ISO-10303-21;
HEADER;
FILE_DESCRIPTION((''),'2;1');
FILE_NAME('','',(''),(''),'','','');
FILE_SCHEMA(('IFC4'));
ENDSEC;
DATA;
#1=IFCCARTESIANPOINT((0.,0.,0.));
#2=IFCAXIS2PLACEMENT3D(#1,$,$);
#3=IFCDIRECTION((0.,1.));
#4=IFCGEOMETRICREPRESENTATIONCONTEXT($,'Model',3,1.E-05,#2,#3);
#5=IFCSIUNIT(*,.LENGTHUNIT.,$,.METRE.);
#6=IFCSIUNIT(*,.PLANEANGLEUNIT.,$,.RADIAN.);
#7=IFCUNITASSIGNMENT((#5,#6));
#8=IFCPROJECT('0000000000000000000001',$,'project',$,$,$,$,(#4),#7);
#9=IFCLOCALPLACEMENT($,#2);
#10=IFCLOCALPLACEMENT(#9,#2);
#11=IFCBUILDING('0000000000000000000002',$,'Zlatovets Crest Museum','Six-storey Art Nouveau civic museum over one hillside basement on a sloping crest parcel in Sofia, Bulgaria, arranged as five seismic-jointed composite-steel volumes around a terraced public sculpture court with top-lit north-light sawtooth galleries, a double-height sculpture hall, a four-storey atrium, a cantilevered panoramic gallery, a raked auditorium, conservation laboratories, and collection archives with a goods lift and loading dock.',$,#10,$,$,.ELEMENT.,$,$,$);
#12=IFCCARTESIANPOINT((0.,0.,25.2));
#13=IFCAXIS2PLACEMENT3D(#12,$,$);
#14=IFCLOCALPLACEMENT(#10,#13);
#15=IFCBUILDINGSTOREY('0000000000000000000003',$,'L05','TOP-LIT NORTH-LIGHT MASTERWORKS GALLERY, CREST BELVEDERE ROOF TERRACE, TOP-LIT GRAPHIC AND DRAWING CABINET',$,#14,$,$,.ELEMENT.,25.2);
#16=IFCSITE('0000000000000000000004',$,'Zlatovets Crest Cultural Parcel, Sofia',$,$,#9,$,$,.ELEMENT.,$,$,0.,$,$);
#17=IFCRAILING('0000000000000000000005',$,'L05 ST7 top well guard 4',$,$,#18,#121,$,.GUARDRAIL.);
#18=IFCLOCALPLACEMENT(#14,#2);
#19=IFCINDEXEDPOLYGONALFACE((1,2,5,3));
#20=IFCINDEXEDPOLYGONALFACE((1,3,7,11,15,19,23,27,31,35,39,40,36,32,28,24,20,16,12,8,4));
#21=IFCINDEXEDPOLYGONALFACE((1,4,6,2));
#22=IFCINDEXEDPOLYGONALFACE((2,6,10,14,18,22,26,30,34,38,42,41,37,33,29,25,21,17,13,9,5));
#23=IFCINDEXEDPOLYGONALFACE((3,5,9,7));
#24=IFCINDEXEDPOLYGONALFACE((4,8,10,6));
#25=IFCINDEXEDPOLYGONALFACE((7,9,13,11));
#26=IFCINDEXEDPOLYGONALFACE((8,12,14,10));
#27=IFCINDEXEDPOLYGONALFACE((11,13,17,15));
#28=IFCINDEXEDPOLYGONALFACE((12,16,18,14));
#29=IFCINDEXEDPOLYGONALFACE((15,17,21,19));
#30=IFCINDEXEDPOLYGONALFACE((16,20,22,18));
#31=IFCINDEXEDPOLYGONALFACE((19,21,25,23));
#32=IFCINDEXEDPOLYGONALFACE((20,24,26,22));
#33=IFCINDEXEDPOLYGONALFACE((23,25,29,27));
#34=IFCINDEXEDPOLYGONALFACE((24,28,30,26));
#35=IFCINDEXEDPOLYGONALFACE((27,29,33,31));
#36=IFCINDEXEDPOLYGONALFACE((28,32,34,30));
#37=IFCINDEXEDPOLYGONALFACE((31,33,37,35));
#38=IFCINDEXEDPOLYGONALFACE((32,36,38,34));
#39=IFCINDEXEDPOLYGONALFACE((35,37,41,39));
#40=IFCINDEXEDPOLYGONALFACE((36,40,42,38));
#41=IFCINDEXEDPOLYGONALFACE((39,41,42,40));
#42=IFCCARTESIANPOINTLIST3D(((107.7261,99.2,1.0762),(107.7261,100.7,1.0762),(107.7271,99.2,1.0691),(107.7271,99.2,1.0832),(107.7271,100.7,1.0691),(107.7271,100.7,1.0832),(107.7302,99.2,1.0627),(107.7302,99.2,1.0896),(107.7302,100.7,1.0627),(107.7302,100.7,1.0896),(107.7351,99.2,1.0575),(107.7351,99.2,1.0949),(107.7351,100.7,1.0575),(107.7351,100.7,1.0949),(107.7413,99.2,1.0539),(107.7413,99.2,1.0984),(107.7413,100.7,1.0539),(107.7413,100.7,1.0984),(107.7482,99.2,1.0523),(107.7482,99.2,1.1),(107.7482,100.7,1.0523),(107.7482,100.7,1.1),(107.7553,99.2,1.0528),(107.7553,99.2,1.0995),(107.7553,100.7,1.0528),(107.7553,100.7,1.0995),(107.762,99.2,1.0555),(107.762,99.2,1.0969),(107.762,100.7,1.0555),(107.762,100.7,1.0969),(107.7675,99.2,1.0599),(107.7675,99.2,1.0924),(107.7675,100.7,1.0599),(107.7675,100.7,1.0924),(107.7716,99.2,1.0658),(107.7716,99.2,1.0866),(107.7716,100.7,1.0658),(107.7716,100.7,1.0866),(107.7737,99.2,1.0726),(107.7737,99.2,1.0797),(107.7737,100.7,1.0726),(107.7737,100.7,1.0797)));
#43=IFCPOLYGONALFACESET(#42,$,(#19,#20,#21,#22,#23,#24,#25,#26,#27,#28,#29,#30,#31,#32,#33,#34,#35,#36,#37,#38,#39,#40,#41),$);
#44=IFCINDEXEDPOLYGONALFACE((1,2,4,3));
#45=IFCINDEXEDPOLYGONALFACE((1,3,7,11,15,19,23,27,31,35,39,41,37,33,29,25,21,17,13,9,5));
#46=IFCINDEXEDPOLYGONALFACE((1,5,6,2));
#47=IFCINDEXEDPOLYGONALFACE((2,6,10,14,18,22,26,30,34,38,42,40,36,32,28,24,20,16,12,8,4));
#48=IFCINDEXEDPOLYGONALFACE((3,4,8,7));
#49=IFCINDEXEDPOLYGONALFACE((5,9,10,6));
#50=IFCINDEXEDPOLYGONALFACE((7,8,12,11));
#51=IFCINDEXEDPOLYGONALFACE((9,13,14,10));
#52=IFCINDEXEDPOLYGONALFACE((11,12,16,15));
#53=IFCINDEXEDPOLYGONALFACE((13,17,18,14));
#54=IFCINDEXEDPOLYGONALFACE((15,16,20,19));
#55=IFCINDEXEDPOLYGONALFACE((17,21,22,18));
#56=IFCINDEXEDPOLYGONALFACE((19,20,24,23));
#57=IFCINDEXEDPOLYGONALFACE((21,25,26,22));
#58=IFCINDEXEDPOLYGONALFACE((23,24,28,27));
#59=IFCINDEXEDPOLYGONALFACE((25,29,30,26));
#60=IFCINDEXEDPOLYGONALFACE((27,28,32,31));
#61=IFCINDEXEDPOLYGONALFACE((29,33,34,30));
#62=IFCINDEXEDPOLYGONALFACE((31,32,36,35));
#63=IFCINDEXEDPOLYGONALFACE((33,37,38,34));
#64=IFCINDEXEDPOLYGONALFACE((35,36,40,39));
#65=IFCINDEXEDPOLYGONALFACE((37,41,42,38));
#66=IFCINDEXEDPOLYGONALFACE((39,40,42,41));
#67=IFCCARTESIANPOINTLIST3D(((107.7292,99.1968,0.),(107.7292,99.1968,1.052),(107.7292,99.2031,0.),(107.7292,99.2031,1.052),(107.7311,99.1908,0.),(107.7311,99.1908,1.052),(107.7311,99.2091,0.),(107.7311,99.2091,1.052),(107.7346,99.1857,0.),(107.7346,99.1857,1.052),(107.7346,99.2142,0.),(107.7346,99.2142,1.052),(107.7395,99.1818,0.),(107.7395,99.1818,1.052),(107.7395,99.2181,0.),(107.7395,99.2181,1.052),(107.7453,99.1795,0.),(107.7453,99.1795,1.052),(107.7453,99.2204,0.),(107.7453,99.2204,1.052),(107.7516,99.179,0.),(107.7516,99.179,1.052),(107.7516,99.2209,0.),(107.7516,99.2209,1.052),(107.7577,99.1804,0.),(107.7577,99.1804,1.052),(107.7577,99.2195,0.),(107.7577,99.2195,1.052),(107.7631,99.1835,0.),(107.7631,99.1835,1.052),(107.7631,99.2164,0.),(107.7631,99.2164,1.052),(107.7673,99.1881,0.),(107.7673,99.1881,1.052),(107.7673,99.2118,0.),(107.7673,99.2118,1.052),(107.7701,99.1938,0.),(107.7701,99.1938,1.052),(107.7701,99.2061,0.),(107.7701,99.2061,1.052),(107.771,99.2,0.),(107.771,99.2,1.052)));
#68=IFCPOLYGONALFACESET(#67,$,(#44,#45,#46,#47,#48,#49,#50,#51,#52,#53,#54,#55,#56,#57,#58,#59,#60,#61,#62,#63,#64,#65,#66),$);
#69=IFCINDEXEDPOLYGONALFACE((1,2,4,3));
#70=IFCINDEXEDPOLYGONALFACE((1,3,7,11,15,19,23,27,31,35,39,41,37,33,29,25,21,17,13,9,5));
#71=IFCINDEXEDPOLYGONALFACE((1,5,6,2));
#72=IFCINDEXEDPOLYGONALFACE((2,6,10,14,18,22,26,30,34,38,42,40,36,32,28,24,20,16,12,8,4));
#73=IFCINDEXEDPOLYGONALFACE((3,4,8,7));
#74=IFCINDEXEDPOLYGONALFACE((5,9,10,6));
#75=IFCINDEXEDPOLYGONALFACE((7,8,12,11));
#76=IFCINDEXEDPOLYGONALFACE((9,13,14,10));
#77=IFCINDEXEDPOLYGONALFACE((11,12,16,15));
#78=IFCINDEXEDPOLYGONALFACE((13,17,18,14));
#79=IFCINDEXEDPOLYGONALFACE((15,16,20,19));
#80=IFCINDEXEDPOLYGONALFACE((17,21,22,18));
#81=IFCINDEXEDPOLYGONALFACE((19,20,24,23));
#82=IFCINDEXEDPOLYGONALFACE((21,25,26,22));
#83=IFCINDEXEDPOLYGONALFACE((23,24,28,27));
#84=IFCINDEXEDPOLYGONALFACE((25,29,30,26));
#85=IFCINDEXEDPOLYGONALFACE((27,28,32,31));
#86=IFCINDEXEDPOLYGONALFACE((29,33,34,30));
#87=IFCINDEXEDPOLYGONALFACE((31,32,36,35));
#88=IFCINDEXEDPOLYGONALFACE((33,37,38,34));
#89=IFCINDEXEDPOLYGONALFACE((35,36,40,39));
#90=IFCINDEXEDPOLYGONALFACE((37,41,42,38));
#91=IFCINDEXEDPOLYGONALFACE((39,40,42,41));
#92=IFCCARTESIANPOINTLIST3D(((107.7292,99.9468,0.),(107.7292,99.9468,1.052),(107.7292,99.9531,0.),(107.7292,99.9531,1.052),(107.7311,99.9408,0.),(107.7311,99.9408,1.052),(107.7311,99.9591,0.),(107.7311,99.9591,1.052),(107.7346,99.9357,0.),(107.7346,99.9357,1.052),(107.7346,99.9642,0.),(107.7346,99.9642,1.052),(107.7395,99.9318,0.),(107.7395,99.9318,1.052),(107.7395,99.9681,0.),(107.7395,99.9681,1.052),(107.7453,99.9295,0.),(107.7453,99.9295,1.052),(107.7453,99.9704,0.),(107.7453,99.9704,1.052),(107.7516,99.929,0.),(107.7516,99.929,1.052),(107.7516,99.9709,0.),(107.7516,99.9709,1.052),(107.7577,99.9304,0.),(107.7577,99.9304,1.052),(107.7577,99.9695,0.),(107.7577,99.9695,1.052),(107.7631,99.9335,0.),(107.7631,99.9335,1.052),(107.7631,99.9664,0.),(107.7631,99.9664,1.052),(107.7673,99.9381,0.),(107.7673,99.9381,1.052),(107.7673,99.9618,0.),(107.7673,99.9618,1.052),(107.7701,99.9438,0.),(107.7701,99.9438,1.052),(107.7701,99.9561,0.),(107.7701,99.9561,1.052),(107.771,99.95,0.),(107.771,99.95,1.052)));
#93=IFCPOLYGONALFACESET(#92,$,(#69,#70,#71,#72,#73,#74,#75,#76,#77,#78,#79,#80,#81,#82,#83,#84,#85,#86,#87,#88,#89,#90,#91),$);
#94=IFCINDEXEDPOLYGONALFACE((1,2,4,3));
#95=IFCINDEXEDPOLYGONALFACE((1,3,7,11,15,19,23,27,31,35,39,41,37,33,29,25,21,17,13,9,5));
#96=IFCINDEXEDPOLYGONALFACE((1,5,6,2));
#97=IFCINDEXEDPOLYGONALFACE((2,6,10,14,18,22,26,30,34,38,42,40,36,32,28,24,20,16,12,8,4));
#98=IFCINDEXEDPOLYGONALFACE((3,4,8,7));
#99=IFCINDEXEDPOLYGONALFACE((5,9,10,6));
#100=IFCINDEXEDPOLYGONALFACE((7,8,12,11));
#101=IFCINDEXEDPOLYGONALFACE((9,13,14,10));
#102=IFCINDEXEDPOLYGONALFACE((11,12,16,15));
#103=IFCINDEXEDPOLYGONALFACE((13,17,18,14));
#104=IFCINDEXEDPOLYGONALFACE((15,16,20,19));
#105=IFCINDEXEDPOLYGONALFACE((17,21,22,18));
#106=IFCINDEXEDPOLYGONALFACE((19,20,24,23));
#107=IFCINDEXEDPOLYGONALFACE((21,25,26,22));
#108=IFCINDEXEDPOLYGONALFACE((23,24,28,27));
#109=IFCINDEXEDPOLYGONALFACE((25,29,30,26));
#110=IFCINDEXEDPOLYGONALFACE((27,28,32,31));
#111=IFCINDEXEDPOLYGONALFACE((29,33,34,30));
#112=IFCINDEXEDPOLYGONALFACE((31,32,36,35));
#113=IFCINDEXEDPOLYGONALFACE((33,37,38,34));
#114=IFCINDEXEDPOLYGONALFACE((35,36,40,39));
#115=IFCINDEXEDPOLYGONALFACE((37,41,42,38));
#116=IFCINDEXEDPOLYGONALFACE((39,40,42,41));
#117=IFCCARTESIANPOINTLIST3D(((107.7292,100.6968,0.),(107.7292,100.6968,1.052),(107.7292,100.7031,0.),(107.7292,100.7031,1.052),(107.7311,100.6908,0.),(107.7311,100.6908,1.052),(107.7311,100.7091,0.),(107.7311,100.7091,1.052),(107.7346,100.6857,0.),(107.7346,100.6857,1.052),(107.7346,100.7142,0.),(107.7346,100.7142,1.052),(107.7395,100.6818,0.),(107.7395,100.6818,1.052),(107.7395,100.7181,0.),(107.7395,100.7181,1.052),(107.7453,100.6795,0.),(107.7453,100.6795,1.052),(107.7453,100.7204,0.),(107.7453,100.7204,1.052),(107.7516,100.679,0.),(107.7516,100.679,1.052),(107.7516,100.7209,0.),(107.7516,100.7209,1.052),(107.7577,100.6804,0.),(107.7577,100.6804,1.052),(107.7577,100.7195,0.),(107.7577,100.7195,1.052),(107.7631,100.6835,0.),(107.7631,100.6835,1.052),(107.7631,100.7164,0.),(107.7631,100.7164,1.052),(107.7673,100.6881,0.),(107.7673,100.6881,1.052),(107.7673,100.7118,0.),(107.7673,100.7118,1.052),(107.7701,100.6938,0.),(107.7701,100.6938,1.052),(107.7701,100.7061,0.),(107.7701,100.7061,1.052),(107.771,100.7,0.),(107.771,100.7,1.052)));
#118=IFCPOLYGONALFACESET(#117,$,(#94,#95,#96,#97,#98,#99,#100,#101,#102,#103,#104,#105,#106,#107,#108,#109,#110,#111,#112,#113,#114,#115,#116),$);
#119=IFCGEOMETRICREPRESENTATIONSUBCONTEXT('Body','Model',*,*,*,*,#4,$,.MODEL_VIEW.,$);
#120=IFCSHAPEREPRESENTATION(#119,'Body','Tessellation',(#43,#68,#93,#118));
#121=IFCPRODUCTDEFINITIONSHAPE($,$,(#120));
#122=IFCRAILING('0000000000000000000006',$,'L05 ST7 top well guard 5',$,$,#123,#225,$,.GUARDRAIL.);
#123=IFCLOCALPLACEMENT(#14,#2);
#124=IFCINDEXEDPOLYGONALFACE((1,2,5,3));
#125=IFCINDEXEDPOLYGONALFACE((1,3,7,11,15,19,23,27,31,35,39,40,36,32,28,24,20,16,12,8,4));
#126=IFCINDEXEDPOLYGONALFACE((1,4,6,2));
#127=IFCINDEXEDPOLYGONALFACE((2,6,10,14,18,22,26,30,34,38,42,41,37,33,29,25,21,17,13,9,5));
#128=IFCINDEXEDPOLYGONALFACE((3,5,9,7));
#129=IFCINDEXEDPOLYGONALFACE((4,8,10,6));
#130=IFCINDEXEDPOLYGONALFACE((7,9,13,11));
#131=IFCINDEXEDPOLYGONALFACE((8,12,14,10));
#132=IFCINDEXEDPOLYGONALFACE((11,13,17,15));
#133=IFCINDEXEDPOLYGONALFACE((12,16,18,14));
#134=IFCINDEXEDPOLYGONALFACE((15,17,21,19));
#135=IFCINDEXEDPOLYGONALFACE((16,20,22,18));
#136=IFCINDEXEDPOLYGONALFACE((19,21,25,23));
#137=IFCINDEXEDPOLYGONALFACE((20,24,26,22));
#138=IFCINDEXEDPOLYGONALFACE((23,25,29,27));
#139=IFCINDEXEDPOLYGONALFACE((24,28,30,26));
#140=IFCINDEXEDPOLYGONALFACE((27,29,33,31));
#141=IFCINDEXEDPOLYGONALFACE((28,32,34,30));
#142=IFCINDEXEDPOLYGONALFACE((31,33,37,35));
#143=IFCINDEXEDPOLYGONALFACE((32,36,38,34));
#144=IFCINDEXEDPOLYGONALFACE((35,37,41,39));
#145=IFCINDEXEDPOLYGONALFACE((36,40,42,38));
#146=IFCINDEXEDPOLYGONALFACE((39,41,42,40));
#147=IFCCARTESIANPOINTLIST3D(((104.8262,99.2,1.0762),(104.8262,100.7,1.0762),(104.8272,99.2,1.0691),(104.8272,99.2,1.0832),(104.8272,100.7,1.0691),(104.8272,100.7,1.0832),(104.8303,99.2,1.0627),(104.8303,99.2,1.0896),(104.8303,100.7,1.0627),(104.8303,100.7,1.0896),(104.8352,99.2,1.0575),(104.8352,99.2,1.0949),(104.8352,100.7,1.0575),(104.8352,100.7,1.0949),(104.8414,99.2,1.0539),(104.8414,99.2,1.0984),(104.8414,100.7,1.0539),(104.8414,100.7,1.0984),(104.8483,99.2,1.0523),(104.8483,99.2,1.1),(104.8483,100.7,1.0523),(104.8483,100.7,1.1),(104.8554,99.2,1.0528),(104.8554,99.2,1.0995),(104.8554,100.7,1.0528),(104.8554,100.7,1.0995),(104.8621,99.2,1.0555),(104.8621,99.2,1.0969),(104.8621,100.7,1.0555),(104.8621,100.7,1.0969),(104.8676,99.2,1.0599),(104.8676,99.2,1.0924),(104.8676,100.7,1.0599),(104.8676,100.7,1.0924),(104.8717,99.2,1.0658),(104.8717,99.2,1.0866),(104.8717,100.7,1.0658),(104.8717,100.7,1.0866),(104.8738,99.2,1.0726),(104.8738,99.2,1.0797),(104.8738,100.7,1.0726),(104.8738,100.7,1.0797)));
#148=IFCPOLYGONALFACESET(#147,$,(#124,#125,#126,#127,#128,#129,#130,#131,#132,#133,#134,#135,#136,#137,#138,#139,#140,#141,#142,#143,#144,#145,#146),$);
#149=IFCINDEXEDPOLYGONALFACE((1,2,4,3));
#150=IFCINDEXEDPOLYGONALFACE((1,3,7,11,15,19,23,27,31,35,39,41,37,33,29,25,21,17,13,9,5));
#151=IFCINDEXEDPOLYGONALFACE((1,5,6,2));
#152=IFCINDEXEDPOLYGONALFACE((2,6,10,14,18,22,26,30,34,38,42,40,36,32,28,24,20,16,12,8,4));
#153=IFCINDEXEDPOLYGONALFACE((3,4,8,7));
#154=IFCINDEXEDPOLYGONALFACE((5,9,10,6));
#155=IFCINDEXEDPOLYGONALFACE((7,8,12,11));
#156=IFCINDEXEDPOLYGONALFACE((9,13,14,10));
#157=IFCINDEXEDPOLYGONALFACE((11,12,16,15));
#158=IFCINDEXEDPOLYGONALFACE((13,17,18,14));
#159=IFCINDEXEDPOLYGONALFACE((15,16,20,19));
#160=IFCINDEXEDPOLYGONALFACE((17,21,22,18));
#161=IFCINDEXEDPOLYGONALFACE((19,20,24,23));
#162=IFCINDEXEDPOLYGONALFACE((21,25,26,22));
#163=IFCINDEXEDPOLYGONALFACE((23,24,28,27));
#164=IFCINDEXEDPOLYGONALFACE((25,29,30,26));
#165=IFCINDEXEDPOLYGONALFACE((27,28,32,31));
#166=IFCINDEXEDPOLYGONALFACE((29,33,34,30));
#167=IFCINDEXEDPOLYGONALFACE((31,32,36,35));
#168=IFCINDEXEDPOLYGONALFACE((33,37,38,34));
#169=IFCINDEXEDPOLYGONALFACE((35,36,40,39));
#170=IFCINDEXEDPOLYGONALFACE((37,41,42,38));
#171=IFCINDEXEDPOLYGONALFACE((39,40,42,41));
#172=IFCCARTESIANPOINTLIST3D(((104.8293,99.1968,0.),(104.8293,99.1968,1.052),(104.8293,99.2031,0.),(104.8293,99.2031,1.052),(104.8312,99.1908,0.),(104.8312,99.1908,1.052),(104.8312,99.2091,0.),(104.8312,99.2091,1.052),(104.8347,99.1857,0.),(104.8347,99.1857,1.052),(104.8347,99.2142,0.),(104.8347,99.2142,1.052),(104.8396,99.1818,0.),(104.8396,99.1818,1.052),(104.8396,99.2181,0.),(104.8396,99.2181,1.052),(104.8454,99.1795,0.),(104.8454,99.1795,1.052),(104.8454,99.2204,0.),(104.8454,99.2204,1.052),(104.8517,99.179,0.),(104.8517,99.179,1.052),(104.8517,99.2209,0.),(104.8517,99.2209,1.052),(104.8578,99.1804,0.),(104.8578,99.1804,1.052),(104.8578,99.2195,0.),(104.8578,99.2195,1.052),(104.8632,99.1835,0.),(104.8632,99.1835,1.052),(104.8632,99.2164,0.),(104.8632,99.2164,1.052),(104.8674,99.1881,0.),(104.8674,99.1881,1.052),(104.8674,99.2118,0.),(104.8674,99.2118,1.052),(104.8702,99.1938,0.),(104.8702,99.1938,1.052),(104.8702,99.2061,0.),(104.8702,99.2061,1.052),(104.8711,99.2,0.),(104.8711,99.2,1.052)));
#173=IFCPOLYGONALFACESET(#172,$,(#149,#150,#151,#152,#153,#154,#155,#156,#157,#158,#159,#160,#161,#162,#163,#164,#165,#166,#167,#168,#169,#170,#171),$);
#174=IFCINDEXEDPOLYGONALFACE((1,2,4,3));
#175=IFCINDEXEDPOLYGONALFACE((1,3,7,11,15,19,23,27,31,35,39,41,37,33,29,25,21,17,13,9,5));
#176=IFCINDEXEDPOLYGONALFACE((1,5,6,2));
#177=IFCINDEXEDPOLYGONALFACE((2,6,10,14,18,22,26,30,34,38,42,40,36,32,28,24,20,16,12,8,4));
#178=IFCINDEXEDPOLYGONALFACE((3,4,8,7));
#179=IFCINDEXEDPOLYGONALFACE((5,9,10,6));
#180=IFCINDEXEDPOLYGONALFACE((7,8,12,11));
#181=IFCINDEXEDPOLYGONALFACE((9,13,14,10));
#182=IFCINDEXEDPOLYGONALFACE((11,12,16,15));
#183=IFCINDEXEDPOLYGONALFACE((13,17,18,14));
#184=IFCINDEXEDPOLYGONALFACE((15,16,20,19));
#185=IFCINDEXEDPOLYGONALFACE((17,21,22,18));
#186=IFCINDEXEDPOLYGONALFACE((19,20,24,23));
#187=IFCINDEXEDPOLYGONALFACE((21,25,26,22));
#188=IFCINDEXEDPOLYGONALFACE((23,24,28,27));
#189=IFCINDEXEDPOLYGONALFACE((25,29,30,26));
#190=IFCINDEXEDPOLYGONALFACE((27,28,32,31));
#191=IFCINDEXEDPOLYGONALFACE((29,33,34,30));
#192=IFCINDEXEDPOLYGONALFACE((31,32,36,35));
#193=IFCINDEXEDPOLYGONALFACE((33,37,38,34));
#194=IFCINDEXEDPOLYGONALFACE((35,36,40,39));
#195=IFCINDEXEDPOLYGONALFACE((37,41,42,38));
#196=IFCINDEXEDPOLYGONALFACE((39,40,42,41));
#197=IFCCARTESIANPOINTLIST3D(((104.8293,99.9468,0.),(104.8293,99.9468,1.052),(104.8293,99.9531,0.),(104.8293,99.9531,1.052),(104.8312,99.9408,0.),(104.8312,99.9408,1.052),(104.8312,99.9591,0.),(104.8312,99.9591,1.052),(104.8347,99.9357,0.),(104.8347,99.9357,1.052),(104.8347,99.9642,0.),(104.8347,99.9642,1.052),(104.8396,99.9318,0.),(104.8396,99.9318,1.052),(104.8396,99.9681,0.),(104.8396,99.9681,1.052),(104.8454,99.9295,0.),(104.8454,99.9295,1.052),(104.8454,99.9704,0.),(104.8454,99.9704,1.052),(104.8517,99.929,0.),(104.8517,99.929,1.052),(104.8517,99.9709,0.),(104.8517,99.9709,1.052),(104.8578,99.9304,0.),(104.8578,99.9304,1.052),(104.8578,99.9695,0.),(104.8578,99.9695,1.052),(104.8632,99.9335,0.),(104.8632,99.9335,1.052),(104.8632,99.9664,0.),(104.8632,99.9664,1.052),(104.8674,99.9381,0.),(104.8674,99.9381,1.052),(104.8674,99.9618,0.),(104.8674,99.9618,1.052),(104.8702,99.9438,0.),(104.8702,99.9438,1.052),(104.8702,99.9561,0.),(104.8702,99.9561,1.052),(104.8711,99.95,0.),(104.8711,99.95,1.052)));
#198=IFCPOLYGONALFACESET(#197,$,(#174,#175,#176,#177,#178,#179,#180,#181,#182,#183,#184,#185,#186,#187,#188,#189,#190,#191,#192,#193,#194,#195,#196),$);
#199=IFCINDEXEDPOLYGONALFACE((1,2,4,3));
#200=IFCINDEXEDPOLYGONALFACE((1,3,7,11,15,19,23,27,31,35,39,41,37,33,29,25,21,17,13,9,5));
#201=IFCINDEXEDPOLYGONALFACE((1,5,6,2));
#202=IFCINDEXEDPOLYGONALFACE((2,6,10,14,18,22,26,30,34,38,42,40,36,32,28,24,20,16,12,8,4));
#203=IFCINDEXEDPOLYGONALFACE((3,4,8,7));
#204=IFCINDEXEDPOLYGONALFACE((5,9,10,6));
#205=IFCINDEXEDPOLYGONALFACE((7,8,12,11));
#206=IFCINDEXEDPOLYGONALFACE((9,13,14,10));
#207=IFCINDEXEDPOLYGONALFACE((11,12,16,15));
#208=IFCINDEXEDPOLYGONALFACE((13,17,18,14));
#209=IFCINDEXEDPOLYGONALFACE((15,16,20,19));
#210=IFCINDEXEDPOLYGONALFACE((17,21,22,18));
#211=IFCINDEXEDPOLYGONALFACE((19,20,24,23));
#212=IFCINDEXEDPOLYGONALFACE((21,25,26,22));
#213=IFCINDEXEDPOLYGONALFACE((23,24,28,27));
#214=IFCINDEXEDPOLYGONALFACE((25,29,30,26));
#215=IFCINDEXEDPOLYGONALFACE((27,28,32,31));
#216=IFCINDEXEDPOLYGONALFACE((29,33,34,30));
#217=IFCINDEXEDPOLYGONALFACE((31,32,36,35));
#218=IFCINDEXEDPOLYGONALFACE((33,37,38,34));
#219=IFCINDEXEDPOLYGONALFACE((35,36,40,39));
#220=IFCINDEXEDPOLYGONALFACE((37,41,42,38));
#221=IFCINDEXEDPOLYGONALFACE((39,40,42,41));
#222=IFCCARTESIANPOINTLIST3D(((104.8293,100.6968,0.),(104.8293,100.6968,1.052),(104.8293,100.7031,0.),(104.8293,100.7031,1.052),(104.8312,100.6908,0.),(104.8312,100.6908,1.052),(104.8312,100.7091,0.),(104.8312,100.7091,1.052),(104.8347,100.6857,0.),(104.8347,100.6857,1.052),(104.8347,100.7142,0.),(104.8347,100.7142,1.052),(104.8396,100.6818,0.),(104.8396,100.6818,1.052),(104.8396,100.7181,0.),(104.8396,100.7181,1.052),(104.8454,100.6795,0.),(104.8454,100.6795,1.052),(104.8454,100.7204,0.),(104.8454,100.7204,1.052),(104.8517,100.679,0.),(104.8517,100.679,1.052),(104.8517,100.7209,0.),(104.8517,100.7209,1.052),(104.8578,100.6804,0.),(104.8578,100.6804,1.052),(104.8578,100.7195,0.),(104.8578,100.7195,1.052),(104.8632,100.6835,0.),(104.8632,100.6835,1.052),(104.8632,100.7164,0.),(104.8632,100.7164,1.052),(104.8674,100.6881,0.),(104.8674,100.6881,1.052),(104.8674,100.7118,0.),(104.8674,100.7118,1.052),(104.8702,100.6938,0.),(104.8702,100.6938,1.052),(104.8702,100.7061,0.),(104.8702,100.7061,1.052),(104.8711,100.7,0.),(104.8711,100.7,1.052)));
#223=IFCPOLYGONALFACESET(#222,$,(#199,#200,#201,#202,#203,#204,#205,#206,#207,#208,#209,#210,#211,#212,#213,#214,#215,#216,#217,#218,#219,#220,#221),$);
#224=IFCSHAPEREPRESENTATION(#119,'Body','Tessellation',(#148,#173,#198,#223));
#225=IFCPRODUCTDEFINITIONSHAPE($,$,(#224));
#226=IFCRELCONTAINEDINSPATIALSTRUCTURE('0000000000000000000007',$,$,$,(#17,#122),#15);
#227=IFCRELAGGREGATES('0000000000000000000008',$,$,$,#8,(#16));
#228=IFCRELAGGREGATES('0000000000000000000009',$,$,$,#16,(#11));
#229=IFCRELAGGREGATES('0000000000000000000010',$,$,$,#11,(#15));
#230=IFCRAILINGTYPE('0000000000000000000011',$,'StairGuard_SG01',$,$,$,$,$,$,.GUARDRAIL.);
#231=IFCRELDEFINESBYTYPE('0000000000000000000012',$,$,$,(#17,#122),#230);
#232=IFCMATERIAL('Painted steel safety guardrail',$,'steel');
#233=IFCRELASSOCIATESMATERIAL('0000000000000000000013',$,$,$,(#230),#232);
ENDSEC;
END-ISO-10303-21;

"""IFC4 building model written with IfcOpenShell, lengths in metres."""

from ifc_helpers import new_model, si_unit, direction, frame, origin, origin_2d, place, context, subcontext, project, spatial, circle, extrude, material, type_object, element, save


model = new_model("IFC4")

# Units and contexts
model_context = context("Model", 3, precision=1e-05, world=origin(), true_north=direction((0.0, 1.0)))
body_context = subcontext(model_context, "Body", "Model", "MODEL_VIEW")
ifc_project = project(units=[si_unit("LENGTHUNIT", "METRE"), si_unit("PLANEANGLEUNIT", "RADIAN")], contexts=[model_context])

# Site, building, storey
site_placement = place(None, origin())
site = spatial("IfcSite", under=ifc_project, at=site_placement, Name="Zlatovets Crest Cultural Parcel, Sofia", CompositionType="ELEMENT", RefElevation=0.0)
building_placement = place(site_placement, origin())
building = spatial("IfcBuilding", under=site, at=building_placement, Name="Zlatovets Crest Museum", Description="Six-storey Art Nouveau civic museum over one hillside basement on a sloping crest parcel in Sofia, Bulgaria, arranged as five seismic-jointed composite-steel volumes around a terraced public sculpture court with top-lit north-light sawtooth galleries, a double-height sculpture hall, a four-storey atrium, a cantilevered panoramic gallery, a raked auditorium, conservation laboratories, and collection archives with a goods lift and loading dock.", CompositionType="ELEMENT")
storey_placement = place(building_placement, frame((0.0, 0.0, 25.2)))
storey = spatial("IfcBuildingStorey", under=building, at=storey_placement, Name="L05", Description="TOP-LIT NORTH-LIGHT MASTERWORKS GALLERY, CREST BELVEDERE ROOF TERRACE, TOP-LIT GRAPHIC AND DRAWING CABINET", CompositionType="ELEMENT", Elevation=25.2)

# Railings
ifc_material_1 = material(Name="Painted steel safety guardrail", Category="steel")
railing_type = type_object("IfcRailingType", Name="StairGuard_SG01", PredefinedType="GUARDRAIL", material=ifc_material_1)
for number, where, name in (
    (1, (107.75, 99.2, 0.0), "L05 ST7 top well guard 4"),
    (2, (104.8501, 99.2, 0.0), "L05 ST7 top well guard 5"),
):
    element("IfcRailing", number, at=place(storey_placement, frame(where)), inside=storey, type_object=railing_type, Name=name, PredefinedType="GUARDRAIL", context=body_context, shape_type="SweptSolid", body=[
        extrude(circle(Radius=0.0239, at=origin_2d()), frame((0.0, 0.0, 1.0762), z_axis=(0.0, 1.0, 0.0), x_axis=(-1.0, 0.0, 0.0)), (0.0, 0.0, 1.0), 1.5),
        extrude(circle(Radius=0.021, at=origin_2d()), origin(), (0.0, 0.0, 1.0), 1.052),
        extrude(circle(Radius=0.021, at=origin_2d()), frame((0.0, 0.75, 0.0)), (0.0, 0.0, 1.0), 1.052),
        extrude(circle(Radius=0.021, at=origin_2d()), frame((0.0, 1.5, 0.0)), (0.0, 0.0, 1.0), 1.052),
    ])

save(model, "model.ifc")
